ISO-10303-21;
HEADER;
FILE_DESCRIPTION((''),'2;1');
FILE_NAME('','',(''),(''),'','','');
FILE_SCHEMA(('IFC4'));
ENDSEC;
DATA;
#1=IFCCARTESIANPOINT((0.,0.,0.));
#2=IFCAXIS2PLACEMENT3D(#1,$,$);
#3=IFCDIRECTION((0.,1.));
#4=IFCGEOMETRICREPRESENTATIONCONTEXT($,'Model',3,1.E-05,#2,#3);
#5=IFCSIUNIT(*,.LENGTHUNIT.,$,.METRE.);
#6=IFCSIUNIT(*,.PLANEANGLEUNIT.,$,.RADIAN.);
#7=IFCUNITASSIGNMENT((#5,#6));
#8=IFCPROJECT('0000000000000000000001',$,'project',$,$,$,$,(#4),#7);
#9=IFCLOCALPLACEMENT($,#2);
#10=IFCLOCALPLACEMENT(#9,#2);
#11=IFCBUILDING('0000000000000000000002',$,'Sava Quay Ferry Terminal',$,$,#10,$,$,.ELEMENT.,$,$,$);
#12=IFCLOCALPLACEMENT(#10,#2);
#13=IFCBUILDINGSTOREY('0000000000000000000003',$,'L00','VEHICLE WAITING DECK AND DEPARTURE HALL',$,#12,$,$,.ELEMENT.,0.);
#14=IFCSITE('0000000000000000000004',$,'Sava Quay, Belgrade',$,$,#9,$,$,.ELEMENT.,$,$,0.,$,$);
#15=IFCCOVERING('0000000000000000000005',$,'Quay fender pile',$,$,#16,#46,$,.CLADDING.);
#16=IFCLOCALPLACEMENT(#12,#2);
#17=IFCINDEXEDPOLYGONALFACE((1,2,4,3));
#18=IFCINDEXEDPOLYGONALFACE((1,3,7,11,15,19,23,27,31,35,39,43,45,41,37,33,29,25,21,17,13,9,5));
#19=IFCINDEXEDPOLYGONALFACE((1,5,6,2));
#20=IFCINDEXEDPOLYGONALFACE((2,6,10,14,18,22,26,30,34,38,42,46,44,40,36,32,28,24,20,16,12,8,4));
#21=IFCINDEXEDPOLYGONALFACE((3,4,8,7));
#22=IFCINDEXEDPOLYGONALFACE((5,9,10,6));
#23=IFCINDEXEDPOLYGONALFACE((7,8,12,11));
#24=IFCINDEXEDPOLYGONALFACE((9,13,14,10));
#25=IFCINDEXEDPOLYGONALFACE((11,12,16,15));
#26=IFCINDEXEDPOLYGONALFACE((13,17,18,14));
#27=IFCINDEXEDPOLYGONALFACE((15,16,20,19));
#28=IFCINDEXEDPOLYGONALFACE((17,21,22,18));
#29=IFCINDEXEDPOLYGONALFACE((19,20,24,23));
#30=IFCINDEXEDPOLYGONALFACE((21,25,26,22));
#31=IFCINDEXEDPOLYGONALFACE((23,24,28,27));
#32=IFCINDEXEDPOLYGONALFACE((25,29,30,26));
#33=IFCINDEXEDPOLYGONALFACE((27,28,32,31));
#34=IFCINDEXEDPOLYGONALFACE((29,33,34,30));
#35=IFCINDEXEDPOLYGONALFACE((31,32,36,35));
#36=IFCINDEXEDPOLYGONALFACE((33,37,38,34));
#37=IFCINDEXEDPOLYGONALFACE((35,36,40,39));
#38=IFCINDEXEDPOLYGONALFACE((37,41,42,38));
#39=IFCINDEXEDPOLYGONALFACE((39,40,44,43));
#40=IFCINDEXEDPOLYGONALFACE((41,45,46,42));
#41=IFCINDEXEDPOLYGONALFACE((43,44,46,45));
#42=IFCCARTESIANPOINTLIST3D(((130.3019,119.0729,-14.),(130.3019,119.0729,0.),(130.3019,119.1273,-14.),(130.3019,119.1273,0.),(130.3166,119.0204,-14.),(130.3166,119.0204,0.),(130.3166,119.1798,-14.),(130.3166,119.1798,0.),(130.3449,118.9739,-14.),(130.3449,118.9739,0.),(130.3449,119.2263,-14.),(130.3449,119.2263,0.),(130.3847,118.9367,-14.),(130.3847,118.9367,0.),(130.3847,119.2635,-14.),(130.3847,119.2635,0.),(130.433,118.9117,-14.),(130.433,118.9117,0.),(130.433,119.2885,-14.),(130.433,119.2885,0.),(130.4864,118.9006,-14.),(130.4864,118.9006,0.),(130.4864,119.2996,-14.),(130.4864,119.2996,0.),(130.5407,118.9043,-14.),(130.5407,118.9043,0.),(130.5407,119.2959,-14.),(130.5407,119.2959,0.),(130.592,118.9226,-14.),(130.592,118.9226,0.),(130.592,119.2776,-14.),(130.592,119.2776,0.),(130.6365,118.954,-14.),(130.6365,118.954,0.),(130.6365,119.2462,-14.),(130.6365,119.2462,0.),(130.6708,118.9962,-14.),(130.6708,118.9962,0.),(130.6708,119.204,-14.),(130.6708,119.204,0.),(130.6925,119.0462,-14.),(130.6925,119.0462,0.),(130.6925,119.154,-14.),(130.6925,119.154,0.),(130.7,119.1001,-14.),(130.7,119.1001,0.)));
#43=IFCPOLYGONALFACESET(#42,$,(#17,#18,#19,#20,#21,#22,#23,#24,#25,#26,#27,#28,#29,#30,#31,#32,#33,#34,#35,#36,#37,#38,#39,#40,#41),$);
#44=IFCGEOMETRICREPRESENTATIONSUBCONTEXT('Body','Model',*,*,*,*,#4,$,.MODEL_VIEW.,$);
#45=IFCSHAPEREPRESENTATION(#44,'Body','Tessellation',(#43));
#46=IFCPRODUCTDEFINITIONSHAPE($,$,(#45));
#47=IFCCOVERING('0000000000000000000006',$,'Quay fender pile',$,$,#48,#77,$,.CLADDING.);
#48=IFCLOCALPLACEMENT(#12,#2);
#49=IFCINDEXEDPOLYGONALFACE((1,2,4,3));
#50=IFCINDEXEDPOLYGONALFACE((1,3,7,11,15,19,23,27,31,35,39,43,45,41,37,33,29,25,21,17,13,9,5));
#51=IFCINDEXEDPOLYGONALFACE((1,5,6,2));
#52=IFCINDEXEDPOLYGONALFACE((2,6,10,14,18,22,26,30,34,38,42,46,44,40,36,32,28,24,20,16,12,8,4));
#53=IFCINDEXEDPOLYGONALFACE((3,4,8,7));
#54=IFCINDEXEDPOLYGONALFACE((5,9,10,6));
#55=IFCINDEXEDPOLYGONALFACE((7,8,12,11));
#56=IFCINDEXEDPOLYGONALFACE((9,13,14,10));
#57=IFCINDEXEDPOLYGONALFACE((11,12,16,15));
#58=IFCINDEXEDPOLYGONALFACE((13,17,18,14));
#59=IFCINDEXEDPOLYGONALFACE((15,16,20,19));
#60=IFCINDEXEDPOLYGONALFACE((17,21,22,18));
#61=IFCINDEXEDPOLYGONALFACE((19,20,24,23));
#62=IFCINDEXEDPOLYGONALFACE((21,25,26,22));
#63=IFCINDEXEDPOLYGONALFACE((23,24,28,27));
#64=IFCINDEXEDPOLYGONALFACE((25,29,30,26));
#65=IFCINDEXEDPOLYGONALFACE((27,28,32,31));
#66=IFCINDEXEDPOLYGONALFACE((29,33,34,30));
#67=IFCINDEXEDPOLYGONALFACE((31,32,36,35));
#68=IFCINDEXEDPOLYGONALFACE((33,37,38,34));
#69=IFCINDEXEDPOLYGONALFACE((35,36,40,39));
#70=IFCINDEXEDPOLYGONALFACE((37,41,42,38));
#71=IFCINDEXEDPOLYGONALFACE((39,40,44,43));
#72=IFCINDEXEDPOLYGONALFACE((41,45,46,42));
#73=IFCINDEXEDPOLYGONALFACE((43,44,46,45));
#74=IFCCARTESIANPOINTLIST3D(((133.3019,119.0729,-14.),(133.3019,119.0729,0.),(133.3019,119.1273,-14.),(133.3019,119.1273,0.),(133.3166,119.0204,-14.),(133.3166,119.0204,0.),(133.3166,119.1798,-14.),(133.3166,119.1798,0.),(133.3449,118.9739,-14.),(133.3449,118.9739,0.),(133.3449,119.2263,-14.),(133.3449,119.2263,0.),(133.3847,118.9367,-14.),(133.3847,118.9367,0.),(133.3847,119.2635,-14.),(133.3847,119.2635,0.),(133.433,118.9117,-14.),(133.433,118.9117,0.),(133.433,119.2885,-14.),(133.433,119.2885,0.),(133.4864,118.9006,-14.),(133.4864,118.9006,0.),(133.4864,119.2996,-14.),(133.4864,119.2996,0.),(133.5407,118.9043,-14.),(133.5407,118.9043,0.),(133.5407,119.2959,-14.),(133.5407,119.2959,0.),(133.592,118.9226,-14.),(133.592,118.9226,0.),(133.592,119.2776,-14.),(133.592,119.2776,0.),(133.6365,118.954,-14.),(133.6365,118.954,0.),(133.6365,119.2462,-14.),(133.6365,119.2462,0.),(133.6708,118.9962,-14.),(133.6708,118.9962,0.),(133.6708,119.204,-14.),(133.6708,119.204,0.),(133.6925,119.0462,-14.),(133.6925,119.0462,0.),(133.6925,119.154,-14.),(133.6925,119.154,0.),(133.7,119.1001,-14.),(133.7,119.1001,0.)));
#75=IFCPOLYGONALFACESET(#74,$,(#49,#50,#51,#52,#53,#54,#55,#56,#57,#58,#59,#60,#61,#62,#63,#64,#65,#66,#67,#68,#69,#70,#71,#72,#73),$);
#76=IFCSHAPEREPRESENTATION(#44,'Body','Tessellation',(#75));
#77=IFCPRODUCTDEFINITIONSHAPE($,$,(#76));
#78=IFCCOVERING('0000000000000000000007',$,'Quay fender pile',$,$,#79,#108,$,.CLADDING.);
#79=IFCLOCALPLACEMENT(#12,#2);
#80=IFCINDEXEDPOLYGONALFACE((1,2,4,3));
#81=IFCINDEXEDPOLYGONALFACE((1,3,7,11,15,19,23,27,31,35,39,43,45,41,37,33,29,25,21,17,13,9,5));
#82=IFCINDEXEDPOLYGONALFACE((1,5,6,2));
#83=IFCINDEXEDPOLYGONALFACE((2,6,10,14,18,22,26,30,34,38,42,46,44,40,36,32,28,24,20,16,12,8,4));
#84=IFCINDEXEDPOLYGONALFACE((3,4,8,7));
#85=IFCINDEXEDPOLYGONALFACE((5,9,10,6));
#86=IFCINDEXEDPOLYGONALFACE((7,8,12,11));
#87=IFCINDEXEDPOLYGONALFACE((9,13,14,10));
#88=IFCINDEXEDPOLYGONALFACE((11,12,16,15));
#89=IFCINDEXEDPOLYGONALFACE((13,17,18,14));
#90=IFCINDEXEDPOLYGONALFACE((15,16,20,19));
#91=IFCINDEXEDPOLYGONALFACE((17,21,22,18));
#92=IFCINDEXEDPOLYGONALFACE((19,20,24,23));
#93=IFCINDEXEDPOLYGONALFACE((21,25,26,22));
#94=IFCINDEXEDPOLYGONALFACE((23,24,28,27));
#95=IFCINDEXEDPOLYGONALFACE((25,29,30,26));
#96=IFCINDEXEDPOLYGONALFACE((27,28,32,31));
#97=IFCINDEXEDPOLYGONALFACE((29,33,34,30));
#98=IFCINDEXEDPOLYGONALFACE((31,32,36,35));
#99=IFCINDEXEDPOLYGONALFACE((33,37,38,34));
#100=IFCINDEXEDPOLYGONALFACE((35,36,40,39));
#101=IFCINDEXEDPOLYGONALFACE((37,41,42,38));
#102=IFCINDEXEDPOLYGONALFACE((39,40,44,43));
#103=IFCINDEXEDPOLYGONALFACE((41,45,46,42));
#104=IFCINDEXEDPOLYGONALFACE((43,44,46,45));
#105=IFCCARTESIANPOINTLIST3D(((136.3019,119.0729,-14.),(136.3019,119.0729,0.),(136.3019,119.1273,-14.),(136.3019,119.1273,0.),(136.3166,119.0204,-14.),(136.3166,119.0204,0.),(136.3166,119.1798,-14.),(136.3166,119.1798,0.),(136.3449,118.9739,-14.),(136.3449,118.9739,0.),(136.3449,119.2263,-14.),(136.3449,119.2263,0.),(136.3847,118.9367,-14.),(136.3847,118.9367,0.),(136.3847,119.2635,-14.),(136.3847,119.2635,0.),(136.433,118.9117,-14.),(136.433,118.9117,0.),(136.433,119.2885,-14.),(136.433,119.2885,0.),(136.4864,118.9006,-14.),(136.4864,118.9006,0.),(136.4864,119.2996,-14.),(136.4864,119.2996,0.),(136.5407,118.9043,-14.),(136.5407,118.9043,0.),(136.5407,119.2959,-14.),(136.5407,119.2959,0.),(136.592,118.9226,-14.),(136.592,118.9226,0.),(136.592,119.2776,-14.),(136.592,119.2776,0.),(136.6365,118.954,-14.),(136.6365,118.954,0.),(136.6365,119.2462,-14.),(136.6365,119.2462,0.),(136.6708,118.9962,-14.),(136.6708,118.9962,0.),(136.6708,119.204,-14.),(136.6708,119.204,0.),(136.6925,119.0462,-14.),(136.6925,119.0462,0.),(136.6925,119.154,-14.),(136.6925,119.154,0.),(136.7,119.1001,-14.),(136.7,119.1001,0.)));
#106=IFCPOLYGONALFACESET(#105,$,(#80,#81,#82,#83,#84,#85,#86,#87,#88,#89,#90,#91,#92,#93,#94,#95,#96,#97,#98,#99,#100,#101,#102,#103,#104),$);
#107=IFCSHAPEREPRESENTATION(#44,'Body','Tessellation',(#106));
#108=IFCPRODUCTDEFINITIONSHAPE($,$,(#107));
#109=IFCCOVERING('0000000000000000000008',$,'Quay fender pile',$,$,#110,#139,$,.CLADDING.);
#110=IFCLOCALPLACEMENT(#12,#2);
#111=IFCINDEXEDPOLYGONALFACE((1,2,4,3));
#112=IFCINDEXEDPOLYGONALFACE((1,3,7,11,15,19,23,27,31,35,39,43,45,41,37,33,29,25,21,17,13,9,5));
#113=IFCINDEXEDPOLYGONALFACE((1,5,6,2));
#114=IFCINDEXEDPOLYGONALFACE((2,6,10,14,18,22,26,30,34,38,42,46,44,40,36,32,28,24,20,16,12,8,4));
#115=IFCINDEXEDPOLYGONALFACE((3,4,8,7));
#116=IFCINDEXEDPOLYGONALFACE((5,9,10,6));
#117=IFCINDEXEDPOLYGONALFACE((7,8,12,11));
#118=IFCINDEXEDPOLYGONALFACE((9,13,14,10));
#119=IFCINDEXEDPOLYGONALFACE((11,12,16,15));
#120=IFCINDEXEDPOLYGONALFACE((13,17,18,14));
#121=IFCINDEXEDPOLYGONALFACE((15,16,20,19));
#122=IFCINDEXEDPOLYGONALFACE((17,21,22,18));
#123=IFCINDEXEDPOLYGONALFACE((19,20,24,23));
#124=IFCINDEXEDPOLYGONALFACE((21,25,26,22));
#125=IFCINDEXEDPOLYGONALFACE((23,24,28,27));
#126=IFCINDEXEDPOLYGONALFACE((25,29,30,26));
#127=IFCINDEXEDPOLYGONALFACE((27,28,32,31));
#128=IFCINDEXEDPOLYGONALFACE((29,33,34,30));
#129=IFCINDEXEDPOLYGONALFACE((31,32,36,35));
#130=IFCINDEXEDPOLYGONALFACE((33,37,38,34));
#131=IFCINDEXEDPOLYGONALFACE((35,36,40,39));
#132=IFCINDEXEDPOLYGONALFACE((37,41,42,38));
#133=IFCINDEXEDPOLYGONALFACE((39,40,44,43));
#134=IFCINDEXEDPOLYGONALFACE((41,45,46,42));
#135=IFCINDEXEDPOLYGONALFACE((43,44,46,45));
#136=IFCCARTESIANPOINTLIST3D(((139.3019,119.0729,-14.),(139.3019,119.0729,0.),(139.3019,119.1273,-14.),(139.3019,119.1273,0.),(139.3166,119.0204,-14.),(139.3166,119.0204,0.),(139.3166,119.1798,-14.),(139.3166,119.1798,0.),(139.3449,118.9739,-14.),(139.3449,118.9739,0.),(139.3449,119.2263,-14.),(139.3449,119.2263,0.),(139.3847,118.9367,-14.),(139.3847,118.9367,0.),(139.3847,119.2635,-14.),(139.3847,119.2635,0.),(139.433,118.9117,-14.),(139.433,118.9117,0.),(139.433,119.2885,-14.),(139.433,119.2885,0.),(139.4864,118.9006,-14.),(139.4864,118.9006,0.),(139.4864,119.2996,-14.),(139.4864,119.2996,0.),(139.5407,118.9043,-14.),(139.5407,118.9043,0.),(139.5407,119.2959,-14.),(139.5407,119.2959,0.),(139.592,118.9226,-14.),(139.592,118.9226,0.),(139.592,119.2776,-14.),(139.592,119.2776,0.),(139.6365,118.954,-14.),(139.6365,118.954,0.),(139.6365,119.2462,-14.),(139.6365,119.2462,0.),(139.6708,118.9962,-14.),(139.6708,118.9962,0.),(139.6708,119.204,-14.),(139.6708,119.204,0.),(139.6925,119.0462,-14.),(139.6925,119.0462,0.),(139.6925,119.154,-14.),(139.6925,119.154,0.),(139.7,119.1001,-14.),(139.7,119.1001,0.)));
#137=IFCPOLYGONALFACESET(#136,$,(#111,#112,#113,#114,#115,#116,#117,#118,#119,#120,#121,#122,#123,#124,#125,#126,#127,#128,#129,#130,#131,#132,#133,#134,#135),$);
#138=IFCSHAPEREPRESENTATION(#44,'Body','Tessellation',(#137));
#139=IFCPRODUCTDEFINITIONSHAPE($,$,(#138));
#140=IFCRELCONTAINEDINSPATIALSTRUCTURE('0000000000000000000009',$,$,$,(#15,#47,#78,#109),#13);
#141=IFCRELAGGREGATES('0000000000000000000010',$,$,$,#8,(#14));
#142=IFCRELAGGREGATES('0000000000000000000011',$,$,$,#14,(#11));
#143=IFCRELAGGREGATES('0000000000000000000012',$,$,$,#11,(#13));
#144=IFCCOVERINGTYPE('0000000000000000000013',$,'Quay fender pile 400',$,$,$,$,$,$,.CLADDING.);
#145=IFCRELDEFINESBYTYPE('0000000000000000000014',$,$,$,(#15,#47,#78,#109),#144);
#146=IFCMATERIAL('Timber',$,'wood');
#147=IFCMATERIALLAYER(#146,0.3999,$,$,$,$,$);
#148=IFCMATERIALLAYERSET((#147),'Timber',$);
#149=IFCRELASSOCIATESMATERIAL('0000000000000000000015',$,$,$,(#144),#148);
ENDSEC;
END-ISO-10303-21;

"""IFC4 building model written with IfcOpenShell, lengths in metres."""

from ifc_helpers import new_model, si_unit, direction, frame, origin, origin_2d, place, context, subcontext, project, spatial, circle, extrude, material, layer, layer_set, type_object, element, save


model = new_model("IFC4")

# Units and contexts
model_context = context("Model", 3, precision=1e-05, world=origin(), true_north=direction((0.0, 1.0)))
body_context = subcontext(model_context, "Body", "Model", "MODEL_VIEW")
ifc_project = project(units=[si_unit("LENGTHUNIT", "METRE"), si_unit("PLANEANGLEUNIT", "RADIAN")], contexts=[model_context])

# Site, building, storey
site_placement = place(None, origin())
site = spatial("IfcSite", under=ifc_project, at=site_placement, Name="Sava Quay, Belgrade", CompositionType="ELEMENT", RefElevation=0.0)
building_placement = place(site_placement, origin())
building = spatial("IfcBuilding", under=site, at=building_placement, Name="Sava Quay Ferry Terminal", CompositionType="ELEMENT")
storey_placement = place(building_placement, origin())
storey = spatial("IfcBuildingStorey", under=building, at=storey_placement, Name="L00", Description="VEHICLE WAITING DECK AND DEPARTURE HALL", CompositionType="ELEMENT", Elevation=0.0)

# Coverings
ifc_material_1 = material(Name="Timber", Category="wood")
ifc_layer_1 = layer(ifc_material_1, 0.3999)
ifc_layer_set_1 = layer_set([ifc_layer_1], Name="Timber")
covering_type_1 = type_object("IfcCoveringType", Name="Quay fender pile 400", PredefinedType="CLADDING", material=ifc_layer_set_1)
for number, where, z_axis, x_axis, name in (
    (1, (130.5, 119.1001, 0.0), (0.0, 0.0, -1.0), (1.0, 0.0, 0.0), "Quay fender pile"),
    (2, (133.5, 119.1001, 0.0), (0.0, 0.0, -1.0), (1.0, 0.0, 0.0), "Quay fender pile"),
    (3, (136.5, 119.1001, 0.0), (0.0, 0.0, -1.0), (1.0, 0.0, 0.0), "Quay fender pile"),
    (4, (139.5, 119.1001, 0.0), (0.0, 0.0, -1.0), (1.0, 0.0, 0.0), "Quay fender pile"),
):
    element("IfcCovering", number, at=place(storey_placement, frame(where, z_axis=z_axis, x_axis=x_axis)), inside=storey, type_object=covering_type_1, Name=name, PredefinedType="CLADDING", context=body_context, shape_type="SweptSolid", body=[
        extrude(circle(Radius=0.2, at=origin_2d()), origin(), (0.0, 0.0, 1.0), 14.0),
    ])

save(model, "model.ifc")
